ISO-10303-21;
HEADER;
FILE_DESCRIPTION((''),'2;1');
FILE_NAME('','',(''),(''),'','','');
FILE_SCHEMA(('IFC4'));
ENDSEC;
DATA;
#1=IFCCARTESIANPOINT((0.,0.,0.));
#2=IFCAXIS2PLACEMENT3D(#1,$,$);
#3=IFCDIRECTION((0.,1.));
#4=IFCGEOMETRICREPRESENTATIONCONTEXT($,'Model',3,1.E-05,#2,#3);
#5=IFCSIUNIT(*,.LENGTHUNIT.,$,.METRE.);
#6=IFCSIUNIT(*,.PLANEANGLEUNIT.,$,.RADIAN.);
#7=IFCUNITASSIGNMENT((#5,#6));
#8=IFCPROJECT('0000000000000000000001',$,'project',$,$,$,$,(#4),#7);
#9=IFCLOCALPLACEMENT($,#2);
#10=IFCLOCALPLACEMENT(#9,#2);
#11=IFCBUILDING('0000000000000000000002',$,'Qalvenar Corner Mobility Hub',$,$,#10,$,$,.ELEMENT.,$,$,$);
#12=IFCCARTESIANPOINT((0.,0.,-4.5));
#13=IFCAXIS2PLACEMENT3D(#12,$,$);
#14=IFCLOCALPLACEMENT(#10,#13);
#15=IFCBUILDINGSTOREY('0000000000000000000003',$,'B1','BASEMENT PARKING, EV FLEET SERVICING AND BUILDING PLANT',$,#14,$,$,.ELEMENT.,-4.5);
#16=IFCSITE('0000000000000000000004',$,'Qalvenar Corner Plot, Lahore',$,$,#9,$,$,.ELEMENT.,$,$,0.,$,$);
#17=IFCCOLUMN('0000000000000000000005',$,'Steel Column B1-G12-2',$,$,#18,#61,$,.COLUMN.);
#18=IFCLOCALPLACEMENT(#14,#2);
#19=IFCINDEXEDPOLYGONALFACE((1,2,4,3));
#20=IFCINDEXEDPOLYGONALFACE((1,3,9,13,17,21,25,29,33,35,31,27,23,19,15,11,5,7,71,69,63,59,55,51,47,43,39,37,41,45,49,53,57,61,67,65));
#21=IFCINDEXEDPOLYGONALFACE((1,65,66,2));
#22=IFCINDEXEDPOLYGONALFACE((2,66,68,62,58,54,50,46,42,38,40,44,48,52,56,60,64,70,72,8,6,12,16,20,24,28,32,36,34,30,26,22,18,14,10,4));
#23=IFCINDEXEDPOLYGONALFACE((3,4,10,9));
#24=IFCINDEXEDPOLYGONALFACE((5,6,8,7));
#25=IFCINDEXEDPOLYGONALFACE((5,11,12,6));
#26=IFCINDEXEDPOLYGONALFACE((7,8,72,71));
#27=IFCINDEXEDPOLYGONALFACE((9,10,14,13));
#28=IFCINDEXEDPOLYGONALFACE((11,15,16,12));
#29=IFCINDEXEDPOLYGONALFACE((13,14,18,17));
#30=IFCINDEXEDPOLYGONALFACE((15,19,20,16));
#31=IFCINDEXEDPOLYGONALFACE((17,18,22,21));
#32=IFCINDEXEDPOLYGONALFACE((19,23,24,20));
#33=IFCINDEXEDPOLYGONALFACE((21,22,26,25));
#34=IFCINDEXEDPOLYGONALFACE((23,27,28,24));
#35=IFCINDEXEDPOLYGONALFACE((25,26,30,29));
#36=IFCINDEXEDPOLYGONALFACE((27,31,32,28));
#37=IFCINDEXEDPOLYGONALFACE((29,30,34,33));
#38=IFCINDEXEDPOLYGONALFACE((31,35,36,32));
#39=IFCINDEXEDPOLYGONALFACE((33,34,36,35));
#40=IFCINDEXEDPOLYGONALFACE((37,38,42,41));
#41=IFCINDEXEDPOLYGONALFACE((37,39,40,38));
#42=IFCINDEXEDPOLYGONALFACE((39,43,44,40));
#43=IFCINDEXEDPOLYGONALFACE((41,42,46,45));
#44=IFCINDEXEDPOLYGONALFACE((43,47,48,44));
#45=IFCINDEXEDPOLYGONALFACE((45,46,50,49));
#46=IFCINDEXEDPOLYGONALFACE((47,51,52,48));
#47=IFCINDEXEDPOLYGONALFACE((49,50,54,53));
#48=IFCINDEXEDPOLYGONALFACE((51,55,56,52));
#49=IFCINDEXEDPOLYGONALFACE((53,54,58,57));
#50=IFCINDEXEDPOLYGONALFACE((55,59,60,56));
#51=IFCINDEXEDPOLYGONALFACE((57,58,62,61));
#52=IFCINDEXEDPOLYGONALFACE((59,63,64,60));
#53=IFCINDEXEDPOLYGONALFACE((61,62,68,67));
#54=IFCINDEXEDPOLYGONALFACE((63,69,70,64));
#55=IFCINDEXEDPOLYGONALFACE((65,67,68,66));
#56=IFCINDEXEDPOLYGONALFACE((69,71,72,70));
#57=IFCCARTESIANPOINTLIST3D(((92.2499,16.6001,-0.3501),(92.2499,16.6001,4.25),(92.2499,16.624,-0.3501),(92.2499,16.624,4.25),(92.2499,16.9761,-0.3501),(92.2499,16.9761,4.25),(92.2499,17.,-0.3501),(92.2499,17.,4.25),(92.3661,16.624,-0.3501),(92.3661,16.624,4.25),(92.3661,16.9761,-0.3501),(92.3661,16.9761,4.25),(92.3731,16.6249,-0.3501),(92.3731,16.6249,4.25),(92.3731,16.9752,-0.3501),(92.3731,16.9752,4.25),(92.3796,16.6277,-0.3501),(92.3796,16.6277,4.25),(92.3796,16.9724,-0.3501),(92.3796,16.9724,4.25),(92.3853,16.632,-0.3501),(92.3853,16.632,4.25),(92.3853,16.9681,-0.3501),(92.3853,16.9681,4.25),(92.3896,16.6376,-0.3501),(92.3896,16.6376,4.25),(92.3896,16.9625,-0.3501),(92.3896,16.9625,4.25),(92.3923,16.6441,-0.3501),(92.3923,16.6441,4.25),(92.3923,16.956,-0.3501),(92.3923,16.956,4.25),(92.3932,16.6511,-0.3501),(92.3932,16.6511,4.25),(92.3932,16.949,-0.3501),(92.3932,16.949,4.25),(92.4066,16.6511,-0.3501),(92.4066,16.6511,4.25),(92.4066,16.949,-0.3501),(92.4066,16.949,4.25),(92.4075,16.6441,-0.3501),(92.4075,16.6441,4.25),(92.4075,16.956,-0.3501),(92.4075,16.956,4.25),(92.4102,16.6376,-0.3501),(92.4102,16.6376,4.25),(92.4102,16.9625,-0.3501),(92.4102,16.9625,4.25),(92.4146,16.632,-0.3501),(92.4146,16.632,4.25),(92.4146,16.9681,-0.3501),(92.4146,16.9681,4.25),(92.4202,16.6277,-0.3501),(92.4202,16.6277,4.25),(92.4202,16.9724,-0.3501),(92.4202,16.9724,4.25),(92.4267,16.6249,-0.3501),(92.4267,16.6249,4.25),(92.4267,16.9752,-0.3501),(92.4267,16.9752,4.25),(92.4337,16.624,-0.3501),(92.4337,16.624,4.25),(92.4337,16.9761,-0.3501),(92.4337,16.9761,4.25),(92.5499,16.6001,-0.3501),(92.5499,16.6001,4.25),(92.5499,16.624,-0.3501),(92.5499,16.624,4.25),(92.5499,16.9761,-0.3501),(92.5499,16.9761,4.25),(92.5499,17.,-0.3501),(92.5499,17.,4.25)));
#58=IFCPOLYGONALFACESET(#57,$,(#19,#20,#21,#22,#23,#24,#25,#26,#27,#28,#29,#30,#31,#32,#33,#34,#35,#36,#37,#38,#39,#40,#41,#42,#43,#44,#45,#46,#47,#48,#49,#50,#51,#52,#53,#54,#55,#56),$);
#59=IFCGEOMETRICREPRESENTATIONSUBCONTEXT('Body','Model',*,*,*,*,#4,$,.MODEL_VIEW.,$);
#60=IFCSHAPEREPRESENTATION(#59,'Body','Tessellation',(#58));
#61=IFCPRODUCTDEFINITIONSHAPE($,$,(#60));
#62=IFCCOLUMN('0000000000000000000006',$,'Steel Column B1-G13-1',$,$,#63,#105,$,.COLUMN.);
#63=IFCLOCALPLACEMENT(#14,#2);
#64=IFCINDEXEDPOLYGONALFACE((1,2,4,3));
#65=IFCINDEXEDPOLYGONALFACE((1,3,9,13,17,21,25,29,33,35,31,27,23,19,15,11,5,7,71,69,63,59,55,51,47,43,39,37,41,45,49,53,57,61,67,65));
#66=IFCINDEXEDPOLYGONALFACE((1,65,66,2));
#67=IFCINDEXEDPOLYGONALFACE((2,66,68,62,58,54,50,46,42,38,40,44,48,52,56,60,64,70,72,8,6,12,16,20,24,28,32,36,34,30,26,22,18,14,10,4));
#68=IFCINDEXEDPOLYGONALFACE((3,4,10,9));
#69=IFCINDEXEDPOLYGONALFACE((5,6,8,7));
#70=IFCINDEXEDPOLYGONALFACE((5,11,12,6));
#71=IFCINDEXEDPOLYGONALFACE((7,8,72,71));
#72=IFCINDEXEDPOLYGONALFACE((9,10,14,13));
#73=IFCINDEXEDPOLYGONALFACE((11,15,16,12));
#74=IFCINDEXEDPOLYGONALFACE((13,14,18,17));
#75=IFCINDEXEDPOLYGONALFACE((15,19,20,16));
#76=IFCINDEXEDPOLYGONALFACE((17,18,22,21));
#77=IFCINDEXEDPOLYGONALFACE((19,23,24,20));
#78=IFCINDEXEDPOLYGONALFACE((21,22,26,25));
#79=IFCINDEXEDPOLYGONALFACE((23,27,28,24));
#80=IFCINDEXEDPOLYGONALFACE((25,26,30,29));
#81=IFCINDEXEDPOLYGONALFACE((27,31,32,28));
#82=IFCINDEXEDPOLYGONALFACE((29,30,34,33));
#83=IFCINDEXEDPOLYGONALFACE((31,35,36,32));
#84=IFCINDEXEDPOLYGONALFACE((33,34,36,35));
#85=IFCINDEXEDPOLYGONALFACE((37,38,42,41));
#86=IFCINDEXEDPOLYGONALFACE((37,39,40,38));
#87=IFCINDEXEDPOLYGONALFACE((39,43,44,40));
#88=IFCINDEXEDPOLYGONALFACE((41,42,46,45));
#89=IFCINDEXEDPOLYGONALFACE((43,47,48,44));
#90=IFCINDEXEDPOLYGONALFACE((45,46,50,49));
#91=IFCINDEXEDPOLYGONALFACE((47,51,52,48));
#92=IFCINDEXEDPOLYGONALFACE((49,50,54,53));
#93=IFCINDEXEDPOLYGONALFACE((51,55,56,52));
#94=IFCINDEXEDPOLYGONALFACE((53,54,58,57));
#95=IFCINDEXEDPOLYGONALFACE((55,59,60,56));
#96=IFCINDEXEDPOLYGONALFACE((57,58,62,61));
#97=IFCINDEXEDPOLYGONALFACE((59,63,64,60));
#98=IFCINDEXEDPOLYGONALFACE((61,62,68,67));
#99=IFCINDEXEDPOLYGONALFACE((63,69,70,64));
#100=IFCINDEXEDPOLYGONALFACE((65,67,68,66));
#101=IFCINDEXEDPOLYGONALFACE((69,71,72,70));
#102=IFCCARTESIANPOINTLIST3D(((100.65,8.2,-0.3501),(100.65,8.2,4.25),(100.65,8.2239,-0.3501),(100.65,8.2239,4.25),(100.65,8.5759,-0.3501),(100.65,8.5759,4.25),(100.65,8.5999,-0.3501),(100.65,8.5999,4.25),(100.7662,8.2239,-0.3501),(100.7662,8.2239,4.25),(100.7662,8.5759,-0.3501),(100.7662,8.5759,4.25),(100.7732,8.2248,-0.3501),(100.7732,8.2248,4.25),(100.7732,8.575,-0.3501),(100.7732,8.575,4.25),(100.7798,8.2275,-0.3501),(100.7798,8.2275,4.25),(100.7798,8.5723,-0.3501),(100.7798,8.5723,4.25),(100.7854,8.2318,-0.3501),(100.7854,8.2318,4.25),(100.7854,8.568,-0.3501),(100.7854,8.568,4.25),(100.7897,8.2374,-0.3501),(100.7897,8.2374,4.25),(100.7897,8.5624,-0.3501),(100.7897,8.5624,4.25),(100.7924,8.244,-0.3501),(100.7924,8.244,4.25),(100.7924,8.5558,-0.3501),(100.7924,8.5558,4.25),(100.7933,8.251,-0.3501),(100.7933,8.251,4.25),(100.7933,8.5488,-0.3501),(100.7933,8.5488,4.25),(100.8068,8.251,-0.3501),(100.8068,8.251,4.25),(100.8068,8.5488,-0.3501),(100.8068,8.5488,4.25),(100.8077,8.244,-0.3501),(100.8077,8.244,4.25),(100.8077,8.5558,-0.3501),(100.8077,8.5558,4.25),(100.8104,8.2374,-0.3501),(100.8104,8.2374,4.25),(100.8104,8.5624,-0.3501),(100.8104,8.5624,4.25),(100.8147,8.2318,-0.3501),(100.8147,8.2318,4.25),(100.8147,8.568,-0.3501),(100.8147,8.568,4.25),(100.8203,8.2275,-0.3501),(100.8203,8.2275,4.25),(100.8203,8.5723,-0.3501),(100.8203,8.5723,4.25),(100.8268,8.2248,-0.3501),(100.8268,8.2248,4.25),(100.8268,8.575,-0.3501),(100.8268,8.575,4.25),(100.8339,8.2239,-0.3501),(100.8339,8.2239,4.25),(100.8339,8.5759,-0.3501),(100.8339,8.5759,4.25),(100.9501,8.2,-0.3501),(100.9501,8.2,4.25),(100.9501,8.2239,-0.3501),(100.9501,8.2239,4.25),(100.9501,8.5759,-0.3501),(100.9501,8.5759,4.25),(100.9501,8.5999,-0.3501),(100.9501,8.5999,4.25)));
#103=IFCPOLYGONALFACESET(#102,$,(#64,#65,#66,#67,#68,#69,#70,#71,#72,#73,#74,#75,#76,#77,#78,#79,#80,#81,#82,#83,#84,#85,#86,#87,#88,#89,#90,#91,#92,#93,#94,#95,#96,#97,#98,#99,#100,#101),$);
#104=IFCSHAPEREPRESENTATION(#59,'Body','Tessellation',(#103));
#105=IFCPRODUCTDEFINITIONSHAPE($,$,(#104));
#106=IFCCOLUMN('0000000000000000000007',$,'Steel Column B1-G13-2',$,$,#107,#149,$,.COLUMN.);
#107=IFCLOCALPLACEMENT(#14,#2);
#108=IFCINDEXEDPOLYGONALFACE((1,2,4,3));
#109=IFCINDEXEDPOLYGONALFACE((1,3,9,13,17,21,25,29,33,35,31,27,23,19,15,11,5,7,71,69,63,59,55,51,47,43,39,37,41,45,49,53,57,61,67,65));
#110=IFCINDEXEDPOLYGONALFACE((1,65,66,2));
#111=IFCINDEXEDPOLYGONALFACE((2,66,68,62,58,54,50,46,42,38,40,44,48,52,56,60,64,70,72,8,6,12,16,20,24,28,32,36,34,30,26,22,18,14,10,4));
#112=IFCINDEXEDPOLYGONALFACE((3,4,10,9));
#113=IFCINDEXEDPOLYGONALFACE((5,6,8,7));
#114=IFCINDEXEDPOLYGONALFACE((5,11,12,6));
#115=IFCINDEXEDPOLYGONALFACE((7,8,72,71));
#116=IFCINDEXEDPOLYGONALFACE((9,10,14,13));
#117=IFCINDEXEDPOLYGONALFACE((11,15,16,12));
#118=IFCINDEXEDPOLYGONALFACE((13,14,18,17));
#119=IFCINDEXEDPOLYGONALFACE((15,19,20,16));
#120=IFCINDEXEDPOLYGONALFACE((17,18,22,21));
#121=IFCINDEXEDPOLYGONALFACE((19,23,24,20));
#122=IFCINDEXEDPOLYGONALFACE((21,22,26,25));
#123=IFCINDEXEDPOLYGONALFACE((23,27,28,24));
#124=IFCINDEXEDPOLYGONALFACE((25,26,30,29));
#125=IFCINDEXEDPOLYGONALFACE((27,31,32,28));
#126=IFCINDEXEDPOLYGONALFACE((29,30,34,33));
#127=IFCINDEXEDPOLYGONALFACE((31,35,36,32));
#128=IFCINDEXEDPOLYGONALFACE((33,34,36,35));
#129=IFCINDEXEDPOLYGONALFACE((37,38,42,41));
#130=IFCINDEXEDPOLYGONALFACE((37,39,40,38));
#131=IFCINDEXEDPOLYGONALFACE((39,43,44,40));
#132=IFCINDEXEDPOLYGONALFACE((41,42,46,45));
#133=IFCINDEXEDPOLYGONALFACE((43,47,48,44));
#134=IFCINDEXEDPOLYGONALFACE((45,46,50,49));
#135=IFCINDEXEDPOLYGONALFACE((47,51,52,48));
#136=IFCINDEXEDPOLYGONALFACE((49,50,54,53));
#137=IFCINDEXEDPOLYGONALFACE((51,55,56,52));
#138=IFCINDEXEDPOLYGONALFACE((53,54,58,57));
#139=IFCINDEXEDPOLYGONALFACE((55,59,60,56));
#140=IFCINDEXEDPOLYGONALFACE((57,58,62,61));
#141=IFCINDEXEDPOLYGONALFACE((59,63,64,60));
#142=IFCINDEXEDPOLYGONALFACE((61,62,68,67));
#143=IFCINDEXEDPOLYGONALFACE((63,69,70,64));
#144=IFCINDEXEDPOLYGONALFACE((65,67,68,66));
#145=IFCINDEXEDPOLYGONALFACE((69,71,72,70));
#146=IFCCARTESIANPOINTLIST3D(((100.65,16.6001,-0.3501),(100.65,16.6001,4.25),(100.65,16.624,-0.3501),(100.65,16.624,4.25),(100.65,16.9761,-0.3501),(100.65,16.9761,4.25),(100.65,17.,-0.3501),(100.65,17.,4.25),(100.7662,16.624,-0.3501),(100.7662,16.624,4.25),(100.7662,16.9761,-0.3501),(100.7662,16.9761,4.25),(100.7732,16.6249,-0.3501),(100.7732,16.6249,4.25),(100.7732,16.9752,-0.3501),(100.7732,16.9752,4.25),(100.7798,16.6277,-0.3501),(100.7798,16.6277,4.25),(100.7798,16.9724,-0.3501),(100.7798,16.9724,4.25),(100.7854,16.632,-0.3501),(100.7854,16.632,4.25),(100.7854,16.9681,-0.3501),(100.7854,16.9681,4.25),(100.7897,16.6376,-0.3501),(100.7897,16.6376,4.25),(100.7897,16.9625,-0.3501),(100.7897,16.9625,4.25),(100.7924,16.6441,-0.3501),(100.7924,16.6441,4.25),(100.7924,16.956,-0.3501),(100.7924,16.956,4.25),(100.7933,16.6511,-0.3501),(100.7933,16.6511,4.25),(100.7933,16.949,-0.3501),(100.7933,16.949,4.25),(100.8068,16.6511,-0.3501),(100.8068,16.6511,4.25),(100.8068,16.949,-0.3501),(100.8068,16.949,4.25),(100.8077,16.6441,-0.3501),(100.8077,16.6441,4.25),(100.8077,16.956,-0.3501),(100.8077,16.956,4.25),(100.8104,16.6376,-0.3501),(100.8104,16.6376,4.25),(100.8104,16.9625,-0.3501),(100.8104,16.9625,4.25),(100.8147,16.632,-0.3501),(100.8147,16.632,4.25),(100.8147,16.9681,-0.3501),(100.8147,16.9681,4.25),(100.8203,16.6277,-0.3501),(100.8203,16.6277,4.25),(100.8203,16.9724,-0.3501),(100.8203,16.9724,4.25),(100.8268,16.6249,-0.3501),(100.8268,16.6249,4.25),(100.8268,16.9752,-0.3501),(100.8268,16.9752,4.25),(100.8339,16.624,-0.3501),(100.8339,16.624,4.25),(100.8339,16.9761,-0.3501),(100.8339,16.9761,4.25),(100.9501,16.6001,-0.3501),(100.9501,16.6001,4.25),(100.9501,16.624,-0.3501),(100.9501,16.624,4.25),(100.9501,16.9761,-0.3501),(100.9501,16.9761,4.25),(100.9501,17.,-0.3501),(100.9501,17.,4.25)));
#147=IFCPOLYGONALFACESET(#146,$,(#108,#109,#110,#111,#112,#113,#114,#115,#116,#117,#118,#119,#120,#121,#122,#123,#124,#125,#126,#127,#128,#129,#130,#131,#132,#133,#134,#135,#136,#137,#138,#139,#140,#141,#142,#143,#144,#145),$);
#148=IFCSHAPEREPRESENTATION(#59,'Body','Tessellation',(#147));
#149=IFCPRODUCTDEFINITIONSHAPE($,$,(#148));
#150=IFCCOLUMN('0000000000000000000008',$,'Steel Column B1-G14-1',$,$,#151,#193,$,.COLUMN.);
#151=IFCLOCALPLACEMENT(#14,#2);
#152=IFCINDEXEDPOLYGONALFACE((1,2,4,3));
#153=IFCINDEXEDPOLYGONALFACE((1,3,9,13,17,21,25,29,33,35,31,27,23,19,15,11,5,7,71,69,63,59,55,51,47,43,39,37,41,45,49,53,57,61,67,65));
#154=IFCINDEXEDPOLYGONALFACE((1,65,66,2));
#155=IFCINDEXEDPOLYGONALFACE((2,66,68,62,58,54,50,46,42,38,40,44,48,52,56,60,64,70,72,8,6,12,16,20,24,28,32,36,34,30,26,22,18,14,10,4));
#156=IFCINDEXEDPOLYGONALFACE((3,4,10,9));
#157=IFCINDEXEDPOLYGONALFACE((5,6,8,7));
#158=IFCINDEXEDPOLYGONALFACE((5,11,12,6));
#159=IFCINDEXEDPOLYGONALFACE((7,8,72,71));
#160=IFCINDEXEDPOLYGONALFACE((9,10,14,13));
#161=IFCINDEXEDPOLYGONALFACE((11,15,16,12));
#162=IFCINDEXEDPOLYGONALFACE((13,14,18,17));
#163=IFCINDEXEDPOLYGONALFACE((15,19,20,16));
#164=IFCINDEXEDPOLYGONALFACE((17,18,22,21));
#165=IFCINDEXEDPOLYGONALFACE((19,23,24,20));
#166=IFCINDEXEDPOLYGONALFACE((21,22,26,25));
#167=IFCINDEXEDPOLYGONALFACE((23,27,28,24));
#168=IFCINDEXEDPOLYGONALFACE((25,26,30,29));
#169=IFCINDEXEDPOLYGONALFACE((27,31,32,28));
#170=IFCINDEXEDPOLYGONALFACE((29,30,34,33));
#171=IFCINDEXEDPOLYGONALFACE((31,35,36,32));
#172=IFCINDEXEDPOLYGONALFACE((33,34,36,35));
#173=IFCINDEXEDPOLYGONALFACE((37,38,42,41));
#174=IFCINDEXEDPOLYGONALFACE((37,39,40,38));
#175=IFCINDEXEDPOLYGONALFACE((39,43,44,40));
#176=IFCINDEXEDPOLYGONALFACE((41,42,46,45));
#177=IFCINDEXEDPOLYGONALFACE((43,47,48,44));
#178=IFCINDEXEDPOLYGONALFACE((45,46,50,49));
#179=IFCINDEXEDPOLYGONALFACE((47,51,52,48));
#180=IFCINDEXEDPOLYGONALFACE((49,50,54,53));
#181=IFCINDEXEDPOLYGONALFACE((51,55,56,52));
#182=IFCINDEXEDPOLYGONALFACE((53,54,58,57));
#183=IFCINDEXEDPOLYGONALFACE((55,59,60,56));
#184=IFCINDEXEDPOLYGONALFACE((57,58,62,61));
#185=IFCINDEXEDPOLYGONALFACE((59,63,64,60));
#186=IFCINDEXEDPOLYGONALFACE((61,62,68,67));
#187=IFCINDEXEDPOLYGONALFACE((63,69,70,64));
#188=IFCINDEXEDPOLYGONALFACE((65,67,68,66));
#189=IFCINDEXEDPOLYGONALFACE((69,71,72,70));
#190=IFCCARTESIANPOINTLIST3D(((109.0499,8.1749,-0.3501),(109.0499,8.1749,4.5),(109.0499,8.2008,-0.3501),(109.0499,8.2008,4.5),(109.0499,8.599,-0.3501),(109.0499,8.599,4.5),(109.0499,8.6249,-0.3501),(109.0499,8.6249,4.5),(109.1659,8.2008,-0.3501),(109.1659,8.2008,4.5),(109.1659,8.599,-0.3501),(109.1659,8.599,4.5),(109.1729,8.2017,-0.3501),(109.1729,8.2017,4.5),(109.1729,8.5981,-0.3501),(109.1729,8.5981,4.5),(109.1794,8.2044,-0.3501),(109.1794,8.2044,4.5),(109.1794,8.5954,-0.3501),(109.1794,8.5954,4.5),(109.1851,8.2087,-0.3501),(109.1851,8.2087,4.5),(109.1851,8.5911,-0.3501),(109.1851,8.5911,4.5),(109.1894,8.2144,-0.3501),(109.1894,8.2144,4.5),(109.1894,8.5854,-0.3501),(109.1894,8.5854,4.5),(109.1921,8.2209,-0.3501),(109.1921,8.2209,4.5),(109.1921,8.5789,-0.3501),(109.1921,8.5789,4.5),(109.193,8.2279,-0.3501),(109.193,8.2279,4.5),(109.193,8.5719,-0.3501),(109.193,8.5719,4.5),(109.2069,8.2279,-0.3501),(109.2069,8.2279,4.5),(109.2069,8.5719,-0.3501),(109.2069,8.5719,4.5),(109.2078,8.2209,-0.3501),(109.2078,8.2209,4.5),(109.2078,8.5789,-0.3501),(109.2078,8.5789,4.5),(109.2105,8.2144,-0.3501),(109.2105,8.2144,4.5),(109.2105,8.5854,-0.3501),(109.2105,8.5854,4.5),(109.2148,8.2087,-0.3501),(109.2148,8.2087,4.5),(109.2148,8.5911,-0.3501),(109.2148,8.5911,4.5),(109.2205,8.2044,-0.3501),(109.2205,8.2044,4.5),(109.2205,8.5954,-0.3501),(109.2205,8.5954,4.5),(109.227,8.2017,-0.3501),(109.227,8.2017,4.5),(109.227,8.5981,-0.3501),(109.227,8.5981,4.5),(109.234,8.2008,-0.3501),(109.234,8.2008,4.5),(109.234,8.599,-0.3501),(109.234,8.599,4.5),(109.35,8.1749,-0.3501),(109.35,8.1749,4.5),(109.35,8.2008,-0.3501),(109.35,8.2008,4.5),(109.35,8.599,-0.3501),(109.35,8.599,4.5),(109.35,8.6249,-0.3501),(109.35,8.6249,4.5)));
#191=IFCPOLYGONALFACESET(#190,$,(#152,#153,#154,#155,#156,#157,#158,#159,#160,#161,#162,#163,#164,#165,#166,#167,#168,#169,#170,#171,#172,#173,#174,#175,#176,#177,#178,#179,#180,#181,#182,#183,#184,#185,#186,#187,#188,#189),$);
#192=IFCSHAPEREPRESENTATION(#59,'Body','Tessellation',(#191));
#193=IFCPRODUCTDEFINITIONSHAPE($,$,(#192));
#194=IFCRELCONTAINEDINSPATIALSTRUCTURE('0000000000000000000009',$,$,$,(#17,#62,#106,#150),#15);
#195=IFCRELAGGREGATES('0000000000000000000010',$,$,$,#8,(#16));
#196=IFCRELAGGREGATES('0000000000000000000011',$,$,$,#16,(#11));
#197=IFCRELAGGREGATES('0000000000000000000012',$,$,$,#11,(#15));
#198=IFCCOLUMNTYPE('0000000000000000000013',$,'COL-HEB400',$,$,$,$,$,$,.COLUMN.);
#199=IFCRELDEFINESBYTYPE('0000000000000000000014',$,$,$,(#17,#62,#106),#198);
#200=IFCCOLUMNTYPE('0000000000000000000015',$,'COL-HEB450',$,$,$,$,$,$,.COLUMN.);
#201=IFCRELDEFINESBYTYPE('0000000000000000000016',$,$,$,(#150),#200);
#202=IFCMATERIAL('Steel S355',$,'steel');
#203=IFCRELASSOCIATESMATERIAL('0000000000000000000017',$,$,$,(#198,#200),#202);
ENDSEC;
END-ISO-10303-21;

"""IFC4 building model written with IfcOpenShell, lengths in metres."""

from ifc_helpers import new_model, si_unit, direction, frame, origin, origin_2d, place, context, subcontext, project, spatial, i_section, extrude, material, material_profile, profile_set, type_object, element, save


model = new_model("IFC4")

# Units and contexts
model_context = context("Model", 3, precision=1e-05, world=origin(), true_north=direction((0.0, 1.0)))
body_context = subcontext(model_context, "Body", "Model", "MODEL_VIEW")
ifc_project = project(units=[si_unit("LENGTHUNIT", "METRE"), si_unit("PLANEANGLEUNIT", "RADIAN")], contexts=[model_context])

# Site, building, storey
site_placement = place(None, origin())
site = spatial("IfcSite", under=ifc_project, at=site_placement, Name="Qalvenar Corner Plot, Lahore", CompositionType="ELEMENT", RefElevation=0.0)
building_placement = place(site_placement, origin())
building = spatial("IfcBuilding", under=site, at=building_placement, Name="Qalvenar Corner Mobility Hub", CompositionType="ELEMENT")
storey_placement = place(building_placement, frame((0.0, 0.0, -4.5)))
storey = spatial("IfcBuildingStorey", under=building, at=storey_placement, Name="B1", Description="BASEMENT PARKING, EV FLEET SERVICING AND BUILDING PLANT", CompositionType="ELEMENT", Elevation=-4.5)

# Columns
ifc_material_1 = material(Name="Steel S355", Category="steel")
ifc_material_profile_1 = material_profile(ifc_material_1, i_section(OverallWidth=0.3, OverallDepth=0.3999, WebThickness=0.0134, FlangeThickness=0.0239, FilletRadius=0.0271, at=origin_2d()), Name="HEB400")
ifc_profile_set_1 = profile_set([ifc_material_profile_1], Name="Steel S355")
column_type_1 = type_object("IfcColumnType", Name="COL-HEB400", PredefinedType="COLUMN", material=ifc_profile_set_1)
for number, where, z_axis, x_axis, name in (
    (1, (92.3999, 16.8, -0.3501), (0.0, 0.0, 1.0), (1.0, 0.0, 0.0), "Steel Column B1-G12-2"),
    (2, (100.8, 8.3999, -0.3501), (0.0, 0.0, 1.0), (1.0, 0.0, 0.0), "Steel Column B1-G13-1"),
    (3, (100.8, 16.8, -0.3501), (0.0, 0.0, 1.0), (1.0, 0.0, 0.0), "Steel Column B1-G13-2"),
):
    element("IfcColumn", number, at=place(storey_placement, frame(where, z_axis=z_axis, x_axis=x_axis)), inside=storey, type_object=column_type_1, Name=name, PredefinedType="COLUMN", context=body_context, shape_type="SweptSolid", body=[
        extrude(i_section(OverallWidth=0.3, OverallDepth=0.3999, WebThickness=0.0134, FlangeThickness=0.0239, FilletRadius=0.0271, at=origin_2d()), origin(), (0.0, 0.0, 1.0), 4.6001),
    ])
ifc_material_profile_2 = material_profile(ifc_material_1, i_section(OverallWidth=0.3, OverallDepth=0.45, WebThickness=0.0139, FlangeThickness=0.0259, FilletRadius=0.0271, at=origin_2d()), Name="HEB450")
ifc_profile_set_2 = profile_set([ifc_material_profile_2], Name="Steel S355")
column_type_2 = type_object("IfcColumnType", Name="COL-HEB450", PredefinedType="COLUMN", material=ifc_profile_set_2)
for number, where, z_axis, x_axis, name in (
    (4, (109.2, 8.3999, -0.3501), (0.0, 0.0, 1.0), (1.0, 0.0, 0.0), "Steel Column B1-G14-1"),
):
    element("IfcColumn", number, at=place(storey_placement, frame(where, z_axis=z_axis, x_axis=x_axis)), inside=storey, type_object=column_type_2, Name=name, PredefinedType="COLUMN", context=body_context, shape_type="SweptSolid", body=[
        extrude(i_section(OverallWidth=0.3, OverallDepth=0.45, WebThickness=0.0139, FlangeThickness=0.0259, FilletRadius=0.0271, at=origin_2d()), origin(), (0.0, 0.0, 1.0), 4.8501),
    ])

save(model, "model.ifc")
